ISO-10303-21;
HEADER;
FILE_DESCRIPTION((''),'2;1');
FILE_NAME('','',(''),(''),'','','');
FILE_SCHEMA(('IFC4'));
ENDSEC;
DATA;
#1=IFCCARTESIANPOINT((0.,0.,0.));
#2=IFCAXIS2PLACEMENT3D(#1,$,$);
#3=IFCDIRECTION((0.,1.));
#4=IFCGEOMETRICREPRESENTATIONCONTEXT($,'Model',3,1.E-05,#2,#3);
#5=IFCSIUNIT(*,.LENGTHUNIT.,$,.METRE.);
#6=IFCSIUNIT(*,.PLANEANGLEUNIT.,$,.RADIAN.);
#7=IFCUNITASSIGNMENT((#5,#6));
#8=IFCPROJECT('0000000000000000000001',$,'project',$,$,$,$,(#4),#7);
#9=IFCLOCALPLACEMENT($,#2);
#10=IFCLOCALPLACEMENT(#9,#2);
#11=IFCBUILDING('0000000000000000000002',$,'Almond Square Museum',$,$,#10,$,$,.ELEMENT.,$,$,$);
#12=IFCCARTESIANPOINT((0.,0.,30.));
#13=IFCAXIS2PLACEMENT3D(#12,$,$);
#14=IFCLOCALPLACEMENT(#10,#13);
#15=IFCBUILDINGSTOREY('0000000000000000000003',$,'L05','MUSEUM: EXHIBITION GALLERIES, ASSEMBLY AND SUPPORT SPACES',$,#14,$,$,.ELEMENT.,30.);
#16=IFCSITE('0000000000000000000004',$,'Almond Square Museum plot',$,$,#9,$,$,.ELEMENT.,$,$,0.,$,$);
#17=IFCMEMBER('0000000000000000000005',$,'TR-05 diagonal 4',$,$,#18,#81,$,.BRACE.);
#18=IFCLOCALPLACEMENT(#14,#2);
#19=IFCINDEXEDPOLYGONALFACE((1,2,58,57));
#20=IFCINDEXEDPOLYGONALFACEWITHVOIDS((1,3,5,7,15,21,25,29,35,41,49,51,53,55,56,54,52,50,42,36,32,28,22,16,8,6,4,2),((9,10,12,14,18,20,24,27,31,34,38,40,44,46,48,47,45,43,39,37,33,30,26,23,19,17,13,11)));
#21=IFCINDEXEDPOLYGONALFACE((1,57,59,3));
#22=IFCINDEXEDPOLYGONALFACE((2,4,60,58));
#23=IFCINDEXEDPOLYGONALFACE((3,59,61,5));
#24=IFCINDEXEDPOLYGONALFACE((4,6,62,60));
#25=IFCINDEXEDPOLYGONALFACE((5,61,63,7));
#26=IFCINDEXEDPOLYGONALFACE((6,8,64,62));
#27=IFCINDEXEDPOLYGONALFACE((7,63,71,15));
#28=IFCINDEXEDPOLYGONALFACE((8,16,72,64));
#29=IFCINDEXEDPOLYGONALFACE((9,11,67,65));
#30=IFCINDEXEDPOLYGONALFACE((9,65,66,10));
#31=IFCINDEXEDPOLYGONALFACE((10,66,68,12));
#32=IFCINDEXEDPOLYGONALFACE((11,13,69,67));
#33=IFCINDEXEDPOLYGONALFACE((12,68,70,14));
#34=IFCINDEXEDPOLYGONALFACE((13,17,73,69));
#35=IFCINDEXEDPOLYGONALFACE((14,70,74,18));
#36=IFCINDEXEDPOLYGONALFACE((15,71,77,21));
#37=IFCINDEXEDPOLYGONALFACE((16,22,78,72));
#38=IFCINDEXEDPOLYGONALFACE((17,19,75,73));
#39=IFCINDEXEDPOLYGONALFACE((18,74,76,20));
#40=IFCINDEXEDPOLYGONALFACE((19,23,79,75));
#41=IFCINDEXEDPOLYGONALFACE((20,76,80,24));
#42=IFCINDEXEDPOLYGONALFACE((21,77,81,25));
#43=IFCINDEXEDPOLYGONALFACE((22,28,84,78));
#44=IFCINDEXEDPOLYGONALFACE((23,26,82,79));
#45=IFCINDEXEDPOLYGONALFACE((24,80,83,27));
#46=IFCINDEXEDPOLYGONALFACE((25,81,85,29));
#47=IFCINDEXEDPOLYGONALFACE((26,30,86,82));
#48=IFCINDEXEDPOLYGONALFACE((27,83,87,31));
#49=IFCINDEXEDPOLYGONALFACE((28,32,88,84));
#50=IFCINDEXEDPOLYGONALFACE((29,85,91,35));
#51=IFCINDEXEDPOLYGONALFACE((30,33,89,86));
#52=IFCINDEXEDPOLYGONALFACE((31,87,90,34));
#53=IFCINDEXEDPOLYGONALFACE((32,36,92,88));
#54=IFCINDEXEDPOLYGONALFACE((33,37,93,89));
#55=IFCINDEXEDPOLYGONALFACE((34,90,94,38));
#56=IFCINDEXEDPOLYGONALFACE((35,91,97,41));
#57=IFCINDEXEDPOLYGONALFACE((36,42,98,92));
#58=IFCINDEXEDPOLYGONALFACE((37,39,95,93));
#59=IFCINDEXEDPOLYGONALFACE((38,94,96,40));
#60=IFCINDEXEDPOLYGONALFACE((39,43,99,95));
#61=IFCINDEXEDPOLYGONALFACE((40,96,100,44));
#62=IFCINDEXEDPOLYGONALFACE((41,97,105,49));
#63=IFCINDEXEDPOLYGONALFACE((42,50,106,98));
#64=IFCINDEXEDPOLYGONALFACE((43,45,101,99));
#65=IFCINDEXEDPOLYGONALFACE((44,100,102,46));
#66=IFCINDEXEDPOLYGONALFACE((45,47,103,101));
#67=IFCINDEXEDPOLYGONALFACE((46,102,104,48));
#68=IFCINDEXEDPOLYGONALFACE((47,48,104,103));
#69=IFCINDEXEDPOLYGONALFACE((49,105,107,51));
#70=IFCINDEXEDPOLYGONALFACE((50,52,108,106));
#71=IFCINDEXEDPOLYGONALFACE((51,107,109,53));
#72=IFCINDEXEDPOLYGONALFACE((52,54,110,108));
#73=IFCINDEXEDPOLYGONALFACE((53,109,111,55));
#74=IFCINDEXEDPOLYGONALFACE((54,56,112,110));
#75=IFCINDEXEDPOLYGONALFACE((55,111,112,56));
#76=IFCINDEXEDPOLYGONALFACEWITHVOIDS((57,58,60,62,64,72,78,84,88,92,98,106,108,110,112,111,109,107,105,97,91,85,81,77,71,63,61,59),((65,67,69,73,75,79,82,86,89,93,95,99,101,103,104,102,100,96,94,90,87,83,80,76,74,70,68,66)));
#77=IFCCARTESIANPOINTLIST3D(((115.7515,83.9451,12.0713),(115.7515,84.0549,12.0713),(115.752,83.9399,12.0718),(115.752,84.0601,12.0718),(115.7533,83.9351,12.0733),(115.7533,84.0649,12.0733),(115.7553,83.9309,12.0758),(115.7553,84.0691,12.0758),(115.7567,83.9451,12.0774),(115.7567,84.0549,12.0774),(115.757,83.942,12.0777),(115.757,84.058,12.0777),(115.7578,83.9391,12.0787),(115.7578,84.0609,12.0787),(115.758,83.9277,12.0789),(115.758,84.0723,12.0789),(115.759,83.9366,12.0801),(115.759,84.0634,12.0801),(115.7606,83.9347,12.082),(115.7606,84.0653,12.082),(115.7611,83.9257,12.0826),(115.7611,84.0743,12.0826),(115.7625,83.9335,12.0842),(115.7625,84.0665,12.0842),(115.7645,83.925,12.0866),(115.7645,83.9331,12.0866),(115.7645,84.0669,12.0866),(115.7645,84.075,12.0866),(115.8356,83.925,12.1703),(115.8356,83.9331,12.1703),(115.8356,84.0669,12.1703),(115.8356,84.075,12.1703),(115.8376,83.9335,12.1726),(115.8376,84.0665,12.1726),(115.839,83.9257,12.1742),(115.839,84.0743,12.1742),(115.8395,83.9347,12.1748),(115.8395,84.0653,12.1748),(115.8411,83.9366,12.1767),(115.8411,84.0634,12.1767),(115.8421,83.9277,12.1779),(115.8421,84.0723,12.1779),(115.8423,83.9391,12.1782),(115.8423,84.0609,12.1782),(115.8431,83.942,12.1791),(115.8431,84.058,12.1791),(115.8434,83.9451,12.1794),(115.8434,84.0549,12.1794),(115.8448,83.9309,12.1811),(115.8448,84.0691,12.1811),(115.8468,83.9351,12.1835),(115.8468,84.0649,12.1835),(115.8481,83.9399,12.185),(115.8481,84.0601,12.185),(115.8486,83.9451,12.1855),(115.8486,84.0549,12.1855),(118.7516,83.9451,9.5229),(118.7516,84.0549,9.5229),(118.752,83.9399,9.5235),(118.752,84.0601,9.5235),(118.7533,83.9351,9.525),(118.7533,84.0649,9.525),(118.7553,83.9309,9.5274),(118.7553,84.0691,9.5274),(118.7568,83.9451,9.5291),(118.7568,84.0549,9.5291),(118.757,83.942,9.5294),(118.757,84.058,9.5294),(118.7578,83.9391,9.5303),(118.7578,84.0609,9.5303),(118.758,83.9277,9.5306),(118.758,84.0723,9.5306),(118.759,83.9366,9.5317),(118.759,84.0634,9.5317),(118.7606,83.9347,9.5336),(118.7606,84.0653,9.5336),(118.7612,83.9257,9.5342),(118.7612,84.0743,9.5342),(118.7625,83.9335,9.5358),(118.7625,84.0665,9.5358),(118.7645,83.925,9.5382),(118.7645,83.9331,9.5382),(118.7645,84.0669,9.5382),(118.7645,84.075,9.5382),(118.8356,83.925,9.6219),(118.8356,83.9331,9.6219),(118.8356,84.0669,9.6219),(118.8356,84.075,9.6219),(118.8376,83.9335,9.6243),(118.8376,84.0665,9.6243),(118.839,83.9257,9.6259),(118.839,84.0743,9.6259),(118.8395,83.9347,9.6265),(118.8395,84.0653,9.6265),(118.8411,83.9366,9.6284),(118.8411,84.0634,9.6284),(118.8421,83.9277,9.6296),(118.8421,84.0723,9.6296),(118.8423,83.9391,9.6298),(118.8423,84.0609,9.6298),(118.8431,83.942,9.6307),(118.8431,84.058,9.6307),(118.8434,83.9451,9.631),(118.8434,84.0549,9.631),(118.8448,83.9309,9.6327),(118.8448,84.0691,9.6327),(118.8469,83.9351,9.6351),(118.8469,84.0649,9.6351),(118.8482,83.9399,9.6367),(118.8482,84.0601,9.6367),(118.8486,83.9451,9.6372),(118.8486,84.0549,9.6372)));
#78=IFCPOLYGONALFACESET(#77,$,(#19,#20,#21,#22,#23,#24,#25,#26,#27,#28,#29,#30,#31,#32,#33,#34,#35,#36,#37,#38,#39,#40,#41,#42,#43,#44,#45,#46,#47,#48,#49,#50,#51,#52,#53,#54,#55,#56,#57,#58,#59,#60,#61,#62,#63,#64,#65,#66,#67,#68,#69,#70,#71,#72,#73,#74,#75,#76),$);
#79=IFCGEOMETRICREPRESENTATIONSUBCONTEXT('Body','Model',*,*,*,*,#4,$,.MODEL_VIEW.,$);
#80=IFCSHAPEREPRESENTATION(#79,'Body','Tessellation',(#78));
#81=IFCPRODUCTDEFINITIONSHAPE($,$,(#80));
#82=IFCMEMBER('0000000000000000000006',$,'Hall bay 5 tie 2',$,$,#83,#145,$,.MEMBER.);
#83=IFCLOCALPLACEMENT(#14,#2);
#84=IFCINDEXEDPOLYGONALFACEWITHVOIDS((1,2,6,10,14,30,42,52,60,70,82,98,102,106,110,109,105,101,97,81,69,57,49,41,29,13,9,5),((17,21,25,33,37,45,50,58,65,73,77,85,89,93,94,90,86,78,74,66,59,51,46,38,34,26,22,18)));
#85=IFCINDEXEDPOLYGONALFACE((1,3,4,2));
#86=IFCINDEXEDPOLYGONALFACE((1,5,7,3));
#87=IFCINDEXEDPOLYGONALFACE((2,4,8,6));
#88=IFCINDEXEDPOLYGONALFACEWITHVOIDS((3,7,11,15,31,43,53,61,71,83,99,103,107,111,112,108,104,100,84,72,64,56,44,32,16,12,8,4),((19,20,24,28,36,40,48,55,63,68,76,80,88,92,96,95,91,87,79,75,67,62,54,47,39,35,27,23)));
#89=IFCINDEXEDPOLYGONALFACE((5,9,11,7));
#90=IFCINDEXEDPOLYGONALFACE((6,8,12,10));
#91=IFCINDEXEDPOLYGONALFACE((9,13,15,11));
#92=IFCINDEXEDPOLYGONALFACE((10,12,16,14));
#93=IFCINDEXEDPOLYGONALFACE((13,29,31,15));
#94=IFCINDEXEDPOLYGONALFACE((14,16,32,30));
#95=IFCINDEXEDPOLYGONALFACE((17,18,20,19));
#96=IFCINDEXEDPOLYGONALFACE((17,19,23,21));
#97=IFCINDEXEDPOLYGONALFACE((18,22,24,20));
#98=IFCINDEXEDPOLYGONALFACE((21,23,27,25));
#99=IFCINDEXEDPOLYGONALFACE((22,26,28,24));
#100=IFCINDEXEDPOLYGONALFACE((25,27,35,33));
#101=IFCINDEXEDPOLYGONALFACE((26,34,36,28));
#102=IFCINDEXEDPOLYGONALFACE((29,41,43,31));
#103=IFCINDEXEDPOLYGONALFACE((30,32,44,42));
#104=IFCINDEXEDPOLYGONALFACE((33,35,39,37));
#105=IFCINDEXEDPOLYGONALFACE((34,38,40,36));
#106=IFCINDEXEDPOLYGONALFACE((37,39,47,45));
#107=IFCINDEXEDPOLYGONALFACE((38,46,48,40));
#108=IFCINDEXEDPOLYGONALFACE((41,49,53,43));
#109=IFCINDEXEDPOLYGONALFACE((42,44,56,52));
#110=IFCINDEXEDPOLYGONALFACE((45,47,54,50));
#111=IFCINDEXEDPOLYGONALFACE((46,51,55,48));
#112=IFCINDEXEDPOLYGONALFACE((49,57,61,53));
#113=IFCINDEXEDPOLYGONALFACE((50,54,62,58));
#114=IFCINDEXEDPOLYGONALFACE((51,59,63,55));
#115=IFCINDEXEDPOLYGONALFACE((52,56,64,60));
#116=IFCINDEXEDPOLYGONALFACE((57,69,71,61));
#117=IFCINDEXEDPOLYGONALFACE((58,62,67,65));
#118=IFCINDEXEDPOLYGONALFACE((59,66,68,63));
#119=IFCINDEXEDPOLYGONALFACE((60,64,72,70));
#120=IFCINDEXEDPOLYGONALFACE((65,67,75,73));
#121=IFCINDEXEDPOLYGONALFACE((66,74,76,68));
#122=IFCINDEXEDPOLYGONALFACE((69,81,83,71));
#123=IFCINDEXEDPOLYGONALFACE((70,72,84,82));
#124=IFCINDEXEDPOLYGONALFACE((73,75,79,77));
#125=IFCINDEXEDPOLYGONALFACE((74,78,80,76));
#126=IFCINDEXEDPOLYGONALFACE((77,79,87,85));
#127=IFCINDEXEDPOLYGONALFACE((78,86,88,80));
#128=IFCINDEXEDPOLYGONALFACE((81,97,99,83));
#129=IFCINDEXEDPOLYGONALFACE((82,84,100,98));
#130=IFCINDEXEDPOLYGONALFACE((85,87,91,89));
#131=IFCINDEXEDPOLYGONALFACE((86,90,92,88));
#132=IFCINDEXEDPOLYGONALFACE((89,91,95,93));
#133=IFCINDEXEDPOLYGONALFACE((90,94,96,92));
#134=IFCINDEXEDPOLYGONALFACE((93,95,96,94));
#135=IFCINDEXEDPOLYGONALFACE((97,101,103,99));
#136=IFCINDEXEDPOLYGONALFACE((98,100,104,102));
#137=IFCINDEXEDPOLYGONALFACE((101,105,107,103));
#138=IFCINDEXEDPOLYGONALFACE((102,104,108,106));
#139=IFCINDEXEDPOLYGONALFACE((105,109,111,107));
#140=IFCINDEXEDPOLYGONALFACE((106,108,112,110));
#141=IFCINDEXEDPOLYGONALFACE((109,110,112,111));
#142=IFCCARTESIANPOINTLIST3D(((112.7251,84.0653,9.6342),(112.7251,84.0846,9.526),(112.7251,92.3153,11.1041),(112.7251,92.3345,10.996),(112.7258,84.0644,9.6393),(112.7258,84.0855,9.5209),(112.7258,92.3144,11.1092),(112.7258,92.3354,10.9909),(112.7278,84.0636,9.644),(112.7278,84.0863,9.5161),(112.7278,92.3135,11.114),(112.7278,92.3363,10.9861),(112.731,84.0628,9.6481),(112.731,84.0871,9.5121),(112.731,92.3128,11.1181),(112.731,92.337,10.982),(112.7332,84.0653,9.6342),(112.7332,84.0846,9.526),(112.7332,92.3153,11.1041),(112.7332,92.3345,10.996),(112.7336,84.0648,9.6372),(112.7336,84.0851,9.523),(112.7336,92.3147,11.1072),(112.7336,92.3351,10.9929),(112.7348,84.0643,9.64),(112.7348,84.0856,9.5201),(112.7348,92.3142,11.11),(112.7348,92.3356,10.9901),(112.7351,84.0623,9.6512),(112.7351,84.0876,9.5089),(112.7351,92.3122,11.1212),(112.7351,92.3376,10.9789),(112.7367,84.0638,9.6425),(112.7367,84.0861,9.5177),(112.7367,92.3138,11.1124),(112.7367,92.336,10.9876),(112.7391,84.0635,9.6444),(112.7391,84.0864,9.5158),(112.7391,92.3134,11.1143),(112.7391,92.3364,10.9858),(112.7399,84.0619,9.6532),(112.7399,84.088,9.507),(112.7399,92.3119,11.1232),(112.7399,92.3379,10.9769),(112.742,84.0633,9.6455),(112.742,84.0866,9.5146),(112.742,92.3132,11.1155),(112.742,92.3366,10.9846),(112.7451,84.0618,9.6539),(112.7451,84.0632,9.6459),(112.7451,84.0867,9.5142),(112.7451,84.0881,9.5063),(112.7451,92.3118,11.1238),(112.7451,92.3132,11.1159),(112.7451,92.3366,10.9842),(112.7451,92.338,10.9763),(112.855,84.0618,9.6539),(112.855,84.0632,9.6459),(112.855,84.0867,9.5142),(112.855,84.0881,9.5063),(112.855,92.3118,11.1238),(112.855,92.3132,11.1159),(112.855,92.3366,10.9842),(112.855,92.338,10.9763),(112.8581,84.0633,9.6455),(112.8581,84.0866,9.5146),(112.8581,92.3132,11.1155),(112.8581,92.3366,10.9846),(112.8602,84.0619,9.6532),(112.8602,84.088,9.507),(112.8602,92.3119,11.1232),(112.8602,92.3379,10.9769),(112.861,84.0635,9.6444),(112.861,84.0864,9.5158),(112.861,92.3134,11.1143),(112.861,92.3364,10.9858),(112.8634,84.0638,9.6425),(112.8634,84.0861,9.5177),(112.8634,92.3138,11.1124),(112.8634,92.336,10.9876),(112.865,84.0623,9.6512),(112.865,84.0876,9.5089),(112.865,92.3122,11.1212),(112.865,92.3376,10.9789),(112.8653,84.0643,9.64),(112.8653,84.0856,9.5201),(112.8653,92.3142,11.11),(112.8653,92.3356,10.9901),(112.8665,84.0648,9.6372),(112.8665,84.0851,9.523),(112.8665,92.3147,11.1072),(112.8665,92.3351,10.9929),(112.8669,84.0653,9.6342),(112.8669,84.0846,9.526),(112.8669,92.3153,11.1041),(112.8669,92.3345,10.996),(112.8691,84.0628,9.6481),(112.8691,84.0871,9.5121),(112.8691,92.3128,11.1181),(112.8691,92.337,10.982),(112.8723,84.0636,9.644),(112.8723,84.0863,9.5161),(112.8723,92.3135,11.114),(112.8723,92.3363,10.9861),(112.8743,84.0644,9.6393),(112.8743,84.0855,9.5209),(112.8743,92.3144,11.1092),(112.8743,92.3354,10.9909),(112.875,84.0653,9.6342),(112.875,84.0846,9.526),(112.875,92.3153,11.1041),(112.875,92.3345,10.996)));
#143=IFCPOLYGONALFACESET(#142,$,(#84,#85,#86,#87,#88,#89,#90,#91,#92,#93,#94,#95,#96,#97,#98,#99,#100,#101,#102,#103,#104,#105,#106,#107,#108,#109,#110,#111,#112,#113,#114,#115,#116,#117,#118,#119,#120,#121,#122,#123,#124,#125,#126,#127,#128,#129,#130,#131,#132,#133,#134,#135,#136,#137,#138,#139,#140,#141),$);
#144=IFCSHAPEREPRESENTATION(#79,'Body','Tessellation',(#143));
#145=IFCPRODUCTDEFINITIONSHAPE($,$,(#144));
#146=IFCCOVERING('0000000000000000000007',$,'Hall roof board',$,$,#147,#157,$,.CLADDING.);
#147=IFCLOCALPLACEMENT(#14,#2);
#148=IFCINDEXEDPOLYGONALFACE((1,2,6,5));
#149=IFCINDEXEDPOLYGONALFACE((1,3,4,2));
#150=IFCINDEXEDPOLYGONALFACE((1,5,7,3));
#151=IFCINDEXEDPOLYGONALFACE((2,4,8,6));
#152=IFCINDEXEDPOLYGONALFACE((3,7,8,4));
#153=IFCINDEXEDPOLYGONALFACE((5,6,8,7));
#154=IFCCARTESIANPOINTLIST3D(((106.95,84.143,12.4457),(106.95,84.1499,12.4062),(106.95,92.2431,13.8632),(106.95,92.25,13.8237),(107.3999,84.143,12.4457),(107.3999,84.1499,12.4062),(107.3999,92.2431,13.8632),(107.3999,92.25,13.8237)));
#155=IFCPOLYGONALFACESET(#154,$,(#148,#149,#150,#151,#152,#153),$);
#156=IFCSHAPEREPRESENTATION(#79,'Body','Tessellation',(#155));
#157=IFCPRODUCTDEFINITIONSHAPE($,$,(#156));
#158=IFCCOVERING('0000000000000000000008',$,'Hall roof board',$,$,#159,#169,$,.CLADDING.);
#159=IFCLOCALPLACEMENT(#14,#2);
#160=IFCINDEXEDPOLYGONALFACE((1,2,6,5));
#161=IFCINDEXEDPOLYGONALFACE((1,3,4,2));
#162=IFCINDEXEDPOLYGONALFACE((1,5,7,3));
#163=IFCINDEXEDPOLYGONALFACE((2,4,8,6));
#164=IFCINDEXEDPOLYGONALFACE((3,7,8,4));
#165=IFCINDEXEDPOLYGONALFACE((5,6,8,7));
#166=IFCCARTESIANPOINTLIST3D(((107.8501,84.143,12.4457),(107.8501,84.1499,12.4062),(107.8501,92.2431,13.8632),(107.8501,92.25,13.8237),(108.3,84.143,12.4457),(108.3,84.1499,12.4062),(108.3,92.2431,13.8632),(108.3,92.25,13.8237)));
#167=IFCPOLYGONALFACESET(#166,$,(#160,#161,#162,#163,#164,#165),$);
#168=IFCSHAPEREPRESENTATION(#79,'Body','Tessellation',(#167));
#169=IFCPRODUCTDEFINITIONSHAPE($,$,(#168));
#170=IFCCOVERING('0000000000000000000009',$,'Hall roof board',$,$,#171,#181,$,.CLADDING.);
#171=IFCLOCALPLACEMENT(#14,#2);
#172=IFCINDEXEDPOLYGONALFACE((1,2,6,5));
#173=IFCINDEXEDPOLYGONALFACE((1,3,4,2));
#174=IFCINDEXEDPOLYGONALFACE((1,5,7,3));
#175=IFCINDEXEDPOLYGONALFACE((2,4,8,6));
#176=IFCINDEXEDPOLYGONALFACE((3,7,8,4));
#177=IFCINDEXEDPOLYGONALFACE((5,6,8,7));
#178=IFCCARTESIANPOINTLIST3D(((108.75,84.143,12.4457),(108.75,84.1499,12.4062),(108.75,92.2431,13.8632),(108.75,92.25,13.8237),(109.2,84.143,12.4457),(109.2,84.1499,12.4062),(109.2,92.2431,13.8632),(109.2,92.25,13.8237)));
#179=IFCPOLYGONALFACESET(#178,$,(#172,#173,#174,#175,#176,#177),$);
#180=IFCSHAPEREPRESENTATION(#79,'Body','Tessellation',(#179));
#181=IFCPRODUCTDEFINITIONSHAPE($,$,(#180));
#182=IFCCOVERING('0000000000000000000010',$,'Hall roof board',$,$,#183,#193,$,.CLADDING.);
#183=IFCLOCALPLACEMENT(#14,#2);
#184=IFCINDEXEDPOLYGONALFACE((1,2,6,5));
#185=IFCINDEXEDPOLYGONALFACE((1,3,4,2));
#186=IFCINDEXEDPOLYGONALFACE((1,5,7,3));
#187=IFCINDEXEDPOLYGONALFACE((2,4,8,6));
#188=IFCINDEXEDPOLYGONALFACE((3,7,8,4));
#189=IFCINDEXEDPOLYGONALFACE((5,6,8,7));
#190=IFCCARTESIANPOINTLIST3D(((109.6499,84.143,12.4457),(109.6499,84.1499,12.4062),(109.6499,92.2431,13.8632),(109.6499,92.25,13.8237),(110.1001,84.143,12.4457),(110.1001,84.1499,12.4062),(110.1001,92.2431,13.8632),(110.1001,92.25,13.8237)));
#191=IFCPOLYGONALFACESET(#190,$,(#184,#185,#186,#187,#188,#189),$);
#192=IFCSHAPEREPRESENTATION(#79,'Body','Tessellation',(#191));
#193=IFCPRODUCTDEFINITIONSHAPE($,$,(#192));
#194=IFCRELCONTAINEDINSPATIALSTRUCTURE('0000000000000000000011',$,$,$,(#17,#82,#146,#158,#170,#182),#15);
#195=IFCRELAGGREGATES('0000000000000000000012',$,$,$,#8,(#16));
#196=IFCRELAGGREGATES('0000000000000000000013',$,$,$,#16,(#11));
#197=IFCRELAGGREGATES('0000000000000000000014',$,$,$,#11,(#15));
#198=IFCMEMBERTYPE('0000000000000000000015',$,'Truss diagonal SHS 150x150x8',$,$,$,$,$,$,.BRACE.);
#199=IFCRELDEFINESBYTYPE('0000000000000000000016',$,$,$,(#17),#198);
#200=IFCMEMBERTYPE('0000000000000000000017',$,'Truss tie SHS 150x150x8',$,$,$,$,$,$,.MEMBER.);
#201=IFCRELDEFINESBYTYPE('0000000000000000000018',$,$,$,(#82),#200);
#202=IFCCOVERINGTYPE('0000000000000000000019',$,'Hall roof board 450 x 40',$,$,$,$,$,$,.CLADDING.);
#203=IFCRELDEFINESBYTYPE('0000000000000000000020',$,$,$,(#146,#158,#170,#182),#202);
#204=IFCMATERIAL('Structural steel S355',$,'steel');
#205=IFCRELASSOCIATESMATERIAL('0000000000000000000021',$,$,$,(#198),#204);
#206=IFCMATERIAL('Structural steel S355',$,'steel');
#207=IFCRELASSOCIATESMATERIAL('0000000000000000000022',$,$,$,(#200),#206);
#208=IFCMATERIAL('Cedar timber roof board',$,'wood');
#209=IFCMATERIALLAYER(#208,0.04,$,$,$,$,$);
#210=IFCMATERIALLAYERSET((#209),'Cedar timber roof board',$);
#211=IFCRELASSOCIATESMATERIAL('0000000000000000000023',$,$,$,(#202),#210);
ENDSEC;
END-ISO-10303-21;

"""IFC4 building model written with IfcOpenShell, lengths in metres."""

from ifc_helpers import new_model, si_unit, direction, frame, origin, origin_2d, place, context, subcontext, project, spatial, polyline, hollow_rectangle, outline, extrude, material, layer, layer_set, material_profile, profile_set, type_object, element, save


model = new_model("IFC4")

# Units and contexts
model_context = context("Model", 3, precision=1e-05, world=origin(), true_north=direction((0.0, 1.0)))
body_context = subcontext(model_context, "Body", "Model", "MODEL_VIEW")
ifc_project = project(units=[si_unit("LENGTHUNIT", "METRE"), si_unit("PLANEANGLEUNIT", "RADIAN")], contexts=[model_context])

# Site, building, storey
site_placement = place(None, origin())
site = spatial("IfcSite", under=ifc_project, at=site_placement, Name="Almond Square Museum plot", CompositionType="ELEMENT", RefElevation=0.0)
building_placement = place(site_placement, origin())
building = spatial("IfcBuilding", under=site, at=building_placement, Name="Almond Square Museum", CompositionType="ELEMENT")
storey_placement = place(building_placement, frame((0.0, 0.0, 30.0)))
storey = spatial("IfcBuildingStorey", under=building, at=storey_placement, Name="L05", Description="MUSEUM: EXHIBITION GALLERIES, ASSEMBLY AND SUPPORT SPACES", CompositionType="ELEMENT", Elevation=30.0)

# Members
ifc_material_1 = material(Name="Structural steel S355", Category="steel")
ifc_material_profile_1 = material_profile(ifc_material_1, hollow_rectangle(XDim=0.1499, YDim=0.1499, WallThickness=0.0081, InnerFilletRadius=0.012, OuterFilletRadius=0.02, at=origin_2d()))
ifc_profile_set_1 = profile_set([ifc_material_profile_1], Name="Structural steel S355")
member_type_1 = type_object("IfcMemberType", Name="Truss diagonal SHS 150x150x8", PredefinedType="BRACE", material=ifc_profile_set_1)
member_1_placement = place(storey_placement, frame((115.8, 84.0, 12.1284), z_axis=(0.762147, 0.0, -0.647404), x_axis=(0.0, 1.0, 0.0)))
element("IfcMember", 1, at=member_1_placement, inside=storey, type_object=member_type_1, Name="TR-05 diagonal 4", PredefinedType="BRACE", context=body_context, shape_type="SweptSolid", body=[
    extrude(hollow_rectangle(XDim=0.1499, YDim=0.1499, WallThickness=0.0081, InnerFilletRadius=0.012, OuterFilletRadius=0.02, at=origin_2d()), origin(), (0.0, 0.0, 1.0), 3.9363),
])
ifc_material_2 = material(Name="Structural steel S355", Category="steel")
ifc_material_profile_2 = material_profile(ifc_material_2, hollow_rectangle(XDim=0.1499, YDim=0.1499, WallThickness=0.0081, InnerFilletRadius=0.012, OuterFilletRadius=0.02, at=origin_2d()))
ifc_profile_set_2 = profile_set([ifc_material_profile_2], Name="Structural steel S355")
member_type_2 = type_object("IfcMemberType", Name="Truss tie SHS 150x150x8", PredefinedType="MEMBER", material=ifc_profile_set_2)
member_2_placement = place(storey_placement, frame((112.8, 84.075, 9.5801), z_axis=(0.0, 0.984494, 0.175416), x_axis=(-1.0, 0.0, 0.0)))
element("IfcMember", 2, at=member_2_placement, inside=storey, type_object=member_type_2, Name="Hall bay 5 tie 2", PredefinedType="MEMBER", context=body_context, shape_type="SweptSolid", body=[
    extrude(hollow_rectangle(XDim=0.1499, YDim=0.1499, WallThickness=0.0081, InnerFilletRadius=0.012, OuterFilletRadius=0.02, at=origin_2d()), origin(), (0.0, 0.0, 1.0), 8.3799),
])

# Coverings
ifc_material_3 = material(Name="Cedar timber roof board", Category="wood")
ifc_layer = layer(ifc_material_3, 0.04)
ifc_layer_set = layer_set([ifc_layer], Name="Cedar timber roof board")
covering_type = type_object("IfcCoveringType", Name="Hall roof board 450 x 40", PredefinedType="CLADDING", material=ifc_layer_set)
for number, where, z_axis, x_axis, name in (
    (3, (107.3999, 92.25, 13.8237), (0.0, -0.172376, 0.985031), (-1.0, 0.0, 0.0), "Hall roof board"),
    (4, (108.3, 92.25, 13.8237), (0.0, -0.172376, 0.985031), (-1.0, 0.0, 0.0), "Hall roof board"),
    (5, (109.2, 92.25, 13.8237), (0.0, -0.172376, 0.985031), (-1.0, 0.0, 0.0), "Hall roof board"),
):
    element("IfcCovering", number, at=place(storey_placement, frame(where, z_axis=z_axis, x_axis=x_axis)), inside=storey, type_object=covering_type, Name=name, PredefinedType="CLADDING", context=body_context, shape_type="SweptSolid", body=[
        extrude(outline(polyline([(0.0, 0.0), (0.45, 0.0), (0.45, 8.2232), (0.0, 8.2232), (0.0, 0.0)])), origin(), (0.0, 0.0, 1.0), 0.04),
    ])
covering_placement = place(storey_placement, frame((110.1001, 92.25, 13.8237), z_axis=(0.0, -0.172376, 0.985031), x_axis=(-1.0, 0.0, 0.0)))
element("IfcCovering", 6, at=covering_placement, inside=storey, type_object=covering_type, Name="Hall roof board", PredefinedType="CLADDING", context=body_context, shape_type="SweptSolid", body=[
    extrude(outline(polyline([(0.0, 0.0), (0.4502, 0.0), (0.4502, 8.2232), (0.0, 8.2232), (0.0, 0.0)])), origin(), (0.0, 0.0, 1.0), 0.04),
])

save(model, "model.ifc")
